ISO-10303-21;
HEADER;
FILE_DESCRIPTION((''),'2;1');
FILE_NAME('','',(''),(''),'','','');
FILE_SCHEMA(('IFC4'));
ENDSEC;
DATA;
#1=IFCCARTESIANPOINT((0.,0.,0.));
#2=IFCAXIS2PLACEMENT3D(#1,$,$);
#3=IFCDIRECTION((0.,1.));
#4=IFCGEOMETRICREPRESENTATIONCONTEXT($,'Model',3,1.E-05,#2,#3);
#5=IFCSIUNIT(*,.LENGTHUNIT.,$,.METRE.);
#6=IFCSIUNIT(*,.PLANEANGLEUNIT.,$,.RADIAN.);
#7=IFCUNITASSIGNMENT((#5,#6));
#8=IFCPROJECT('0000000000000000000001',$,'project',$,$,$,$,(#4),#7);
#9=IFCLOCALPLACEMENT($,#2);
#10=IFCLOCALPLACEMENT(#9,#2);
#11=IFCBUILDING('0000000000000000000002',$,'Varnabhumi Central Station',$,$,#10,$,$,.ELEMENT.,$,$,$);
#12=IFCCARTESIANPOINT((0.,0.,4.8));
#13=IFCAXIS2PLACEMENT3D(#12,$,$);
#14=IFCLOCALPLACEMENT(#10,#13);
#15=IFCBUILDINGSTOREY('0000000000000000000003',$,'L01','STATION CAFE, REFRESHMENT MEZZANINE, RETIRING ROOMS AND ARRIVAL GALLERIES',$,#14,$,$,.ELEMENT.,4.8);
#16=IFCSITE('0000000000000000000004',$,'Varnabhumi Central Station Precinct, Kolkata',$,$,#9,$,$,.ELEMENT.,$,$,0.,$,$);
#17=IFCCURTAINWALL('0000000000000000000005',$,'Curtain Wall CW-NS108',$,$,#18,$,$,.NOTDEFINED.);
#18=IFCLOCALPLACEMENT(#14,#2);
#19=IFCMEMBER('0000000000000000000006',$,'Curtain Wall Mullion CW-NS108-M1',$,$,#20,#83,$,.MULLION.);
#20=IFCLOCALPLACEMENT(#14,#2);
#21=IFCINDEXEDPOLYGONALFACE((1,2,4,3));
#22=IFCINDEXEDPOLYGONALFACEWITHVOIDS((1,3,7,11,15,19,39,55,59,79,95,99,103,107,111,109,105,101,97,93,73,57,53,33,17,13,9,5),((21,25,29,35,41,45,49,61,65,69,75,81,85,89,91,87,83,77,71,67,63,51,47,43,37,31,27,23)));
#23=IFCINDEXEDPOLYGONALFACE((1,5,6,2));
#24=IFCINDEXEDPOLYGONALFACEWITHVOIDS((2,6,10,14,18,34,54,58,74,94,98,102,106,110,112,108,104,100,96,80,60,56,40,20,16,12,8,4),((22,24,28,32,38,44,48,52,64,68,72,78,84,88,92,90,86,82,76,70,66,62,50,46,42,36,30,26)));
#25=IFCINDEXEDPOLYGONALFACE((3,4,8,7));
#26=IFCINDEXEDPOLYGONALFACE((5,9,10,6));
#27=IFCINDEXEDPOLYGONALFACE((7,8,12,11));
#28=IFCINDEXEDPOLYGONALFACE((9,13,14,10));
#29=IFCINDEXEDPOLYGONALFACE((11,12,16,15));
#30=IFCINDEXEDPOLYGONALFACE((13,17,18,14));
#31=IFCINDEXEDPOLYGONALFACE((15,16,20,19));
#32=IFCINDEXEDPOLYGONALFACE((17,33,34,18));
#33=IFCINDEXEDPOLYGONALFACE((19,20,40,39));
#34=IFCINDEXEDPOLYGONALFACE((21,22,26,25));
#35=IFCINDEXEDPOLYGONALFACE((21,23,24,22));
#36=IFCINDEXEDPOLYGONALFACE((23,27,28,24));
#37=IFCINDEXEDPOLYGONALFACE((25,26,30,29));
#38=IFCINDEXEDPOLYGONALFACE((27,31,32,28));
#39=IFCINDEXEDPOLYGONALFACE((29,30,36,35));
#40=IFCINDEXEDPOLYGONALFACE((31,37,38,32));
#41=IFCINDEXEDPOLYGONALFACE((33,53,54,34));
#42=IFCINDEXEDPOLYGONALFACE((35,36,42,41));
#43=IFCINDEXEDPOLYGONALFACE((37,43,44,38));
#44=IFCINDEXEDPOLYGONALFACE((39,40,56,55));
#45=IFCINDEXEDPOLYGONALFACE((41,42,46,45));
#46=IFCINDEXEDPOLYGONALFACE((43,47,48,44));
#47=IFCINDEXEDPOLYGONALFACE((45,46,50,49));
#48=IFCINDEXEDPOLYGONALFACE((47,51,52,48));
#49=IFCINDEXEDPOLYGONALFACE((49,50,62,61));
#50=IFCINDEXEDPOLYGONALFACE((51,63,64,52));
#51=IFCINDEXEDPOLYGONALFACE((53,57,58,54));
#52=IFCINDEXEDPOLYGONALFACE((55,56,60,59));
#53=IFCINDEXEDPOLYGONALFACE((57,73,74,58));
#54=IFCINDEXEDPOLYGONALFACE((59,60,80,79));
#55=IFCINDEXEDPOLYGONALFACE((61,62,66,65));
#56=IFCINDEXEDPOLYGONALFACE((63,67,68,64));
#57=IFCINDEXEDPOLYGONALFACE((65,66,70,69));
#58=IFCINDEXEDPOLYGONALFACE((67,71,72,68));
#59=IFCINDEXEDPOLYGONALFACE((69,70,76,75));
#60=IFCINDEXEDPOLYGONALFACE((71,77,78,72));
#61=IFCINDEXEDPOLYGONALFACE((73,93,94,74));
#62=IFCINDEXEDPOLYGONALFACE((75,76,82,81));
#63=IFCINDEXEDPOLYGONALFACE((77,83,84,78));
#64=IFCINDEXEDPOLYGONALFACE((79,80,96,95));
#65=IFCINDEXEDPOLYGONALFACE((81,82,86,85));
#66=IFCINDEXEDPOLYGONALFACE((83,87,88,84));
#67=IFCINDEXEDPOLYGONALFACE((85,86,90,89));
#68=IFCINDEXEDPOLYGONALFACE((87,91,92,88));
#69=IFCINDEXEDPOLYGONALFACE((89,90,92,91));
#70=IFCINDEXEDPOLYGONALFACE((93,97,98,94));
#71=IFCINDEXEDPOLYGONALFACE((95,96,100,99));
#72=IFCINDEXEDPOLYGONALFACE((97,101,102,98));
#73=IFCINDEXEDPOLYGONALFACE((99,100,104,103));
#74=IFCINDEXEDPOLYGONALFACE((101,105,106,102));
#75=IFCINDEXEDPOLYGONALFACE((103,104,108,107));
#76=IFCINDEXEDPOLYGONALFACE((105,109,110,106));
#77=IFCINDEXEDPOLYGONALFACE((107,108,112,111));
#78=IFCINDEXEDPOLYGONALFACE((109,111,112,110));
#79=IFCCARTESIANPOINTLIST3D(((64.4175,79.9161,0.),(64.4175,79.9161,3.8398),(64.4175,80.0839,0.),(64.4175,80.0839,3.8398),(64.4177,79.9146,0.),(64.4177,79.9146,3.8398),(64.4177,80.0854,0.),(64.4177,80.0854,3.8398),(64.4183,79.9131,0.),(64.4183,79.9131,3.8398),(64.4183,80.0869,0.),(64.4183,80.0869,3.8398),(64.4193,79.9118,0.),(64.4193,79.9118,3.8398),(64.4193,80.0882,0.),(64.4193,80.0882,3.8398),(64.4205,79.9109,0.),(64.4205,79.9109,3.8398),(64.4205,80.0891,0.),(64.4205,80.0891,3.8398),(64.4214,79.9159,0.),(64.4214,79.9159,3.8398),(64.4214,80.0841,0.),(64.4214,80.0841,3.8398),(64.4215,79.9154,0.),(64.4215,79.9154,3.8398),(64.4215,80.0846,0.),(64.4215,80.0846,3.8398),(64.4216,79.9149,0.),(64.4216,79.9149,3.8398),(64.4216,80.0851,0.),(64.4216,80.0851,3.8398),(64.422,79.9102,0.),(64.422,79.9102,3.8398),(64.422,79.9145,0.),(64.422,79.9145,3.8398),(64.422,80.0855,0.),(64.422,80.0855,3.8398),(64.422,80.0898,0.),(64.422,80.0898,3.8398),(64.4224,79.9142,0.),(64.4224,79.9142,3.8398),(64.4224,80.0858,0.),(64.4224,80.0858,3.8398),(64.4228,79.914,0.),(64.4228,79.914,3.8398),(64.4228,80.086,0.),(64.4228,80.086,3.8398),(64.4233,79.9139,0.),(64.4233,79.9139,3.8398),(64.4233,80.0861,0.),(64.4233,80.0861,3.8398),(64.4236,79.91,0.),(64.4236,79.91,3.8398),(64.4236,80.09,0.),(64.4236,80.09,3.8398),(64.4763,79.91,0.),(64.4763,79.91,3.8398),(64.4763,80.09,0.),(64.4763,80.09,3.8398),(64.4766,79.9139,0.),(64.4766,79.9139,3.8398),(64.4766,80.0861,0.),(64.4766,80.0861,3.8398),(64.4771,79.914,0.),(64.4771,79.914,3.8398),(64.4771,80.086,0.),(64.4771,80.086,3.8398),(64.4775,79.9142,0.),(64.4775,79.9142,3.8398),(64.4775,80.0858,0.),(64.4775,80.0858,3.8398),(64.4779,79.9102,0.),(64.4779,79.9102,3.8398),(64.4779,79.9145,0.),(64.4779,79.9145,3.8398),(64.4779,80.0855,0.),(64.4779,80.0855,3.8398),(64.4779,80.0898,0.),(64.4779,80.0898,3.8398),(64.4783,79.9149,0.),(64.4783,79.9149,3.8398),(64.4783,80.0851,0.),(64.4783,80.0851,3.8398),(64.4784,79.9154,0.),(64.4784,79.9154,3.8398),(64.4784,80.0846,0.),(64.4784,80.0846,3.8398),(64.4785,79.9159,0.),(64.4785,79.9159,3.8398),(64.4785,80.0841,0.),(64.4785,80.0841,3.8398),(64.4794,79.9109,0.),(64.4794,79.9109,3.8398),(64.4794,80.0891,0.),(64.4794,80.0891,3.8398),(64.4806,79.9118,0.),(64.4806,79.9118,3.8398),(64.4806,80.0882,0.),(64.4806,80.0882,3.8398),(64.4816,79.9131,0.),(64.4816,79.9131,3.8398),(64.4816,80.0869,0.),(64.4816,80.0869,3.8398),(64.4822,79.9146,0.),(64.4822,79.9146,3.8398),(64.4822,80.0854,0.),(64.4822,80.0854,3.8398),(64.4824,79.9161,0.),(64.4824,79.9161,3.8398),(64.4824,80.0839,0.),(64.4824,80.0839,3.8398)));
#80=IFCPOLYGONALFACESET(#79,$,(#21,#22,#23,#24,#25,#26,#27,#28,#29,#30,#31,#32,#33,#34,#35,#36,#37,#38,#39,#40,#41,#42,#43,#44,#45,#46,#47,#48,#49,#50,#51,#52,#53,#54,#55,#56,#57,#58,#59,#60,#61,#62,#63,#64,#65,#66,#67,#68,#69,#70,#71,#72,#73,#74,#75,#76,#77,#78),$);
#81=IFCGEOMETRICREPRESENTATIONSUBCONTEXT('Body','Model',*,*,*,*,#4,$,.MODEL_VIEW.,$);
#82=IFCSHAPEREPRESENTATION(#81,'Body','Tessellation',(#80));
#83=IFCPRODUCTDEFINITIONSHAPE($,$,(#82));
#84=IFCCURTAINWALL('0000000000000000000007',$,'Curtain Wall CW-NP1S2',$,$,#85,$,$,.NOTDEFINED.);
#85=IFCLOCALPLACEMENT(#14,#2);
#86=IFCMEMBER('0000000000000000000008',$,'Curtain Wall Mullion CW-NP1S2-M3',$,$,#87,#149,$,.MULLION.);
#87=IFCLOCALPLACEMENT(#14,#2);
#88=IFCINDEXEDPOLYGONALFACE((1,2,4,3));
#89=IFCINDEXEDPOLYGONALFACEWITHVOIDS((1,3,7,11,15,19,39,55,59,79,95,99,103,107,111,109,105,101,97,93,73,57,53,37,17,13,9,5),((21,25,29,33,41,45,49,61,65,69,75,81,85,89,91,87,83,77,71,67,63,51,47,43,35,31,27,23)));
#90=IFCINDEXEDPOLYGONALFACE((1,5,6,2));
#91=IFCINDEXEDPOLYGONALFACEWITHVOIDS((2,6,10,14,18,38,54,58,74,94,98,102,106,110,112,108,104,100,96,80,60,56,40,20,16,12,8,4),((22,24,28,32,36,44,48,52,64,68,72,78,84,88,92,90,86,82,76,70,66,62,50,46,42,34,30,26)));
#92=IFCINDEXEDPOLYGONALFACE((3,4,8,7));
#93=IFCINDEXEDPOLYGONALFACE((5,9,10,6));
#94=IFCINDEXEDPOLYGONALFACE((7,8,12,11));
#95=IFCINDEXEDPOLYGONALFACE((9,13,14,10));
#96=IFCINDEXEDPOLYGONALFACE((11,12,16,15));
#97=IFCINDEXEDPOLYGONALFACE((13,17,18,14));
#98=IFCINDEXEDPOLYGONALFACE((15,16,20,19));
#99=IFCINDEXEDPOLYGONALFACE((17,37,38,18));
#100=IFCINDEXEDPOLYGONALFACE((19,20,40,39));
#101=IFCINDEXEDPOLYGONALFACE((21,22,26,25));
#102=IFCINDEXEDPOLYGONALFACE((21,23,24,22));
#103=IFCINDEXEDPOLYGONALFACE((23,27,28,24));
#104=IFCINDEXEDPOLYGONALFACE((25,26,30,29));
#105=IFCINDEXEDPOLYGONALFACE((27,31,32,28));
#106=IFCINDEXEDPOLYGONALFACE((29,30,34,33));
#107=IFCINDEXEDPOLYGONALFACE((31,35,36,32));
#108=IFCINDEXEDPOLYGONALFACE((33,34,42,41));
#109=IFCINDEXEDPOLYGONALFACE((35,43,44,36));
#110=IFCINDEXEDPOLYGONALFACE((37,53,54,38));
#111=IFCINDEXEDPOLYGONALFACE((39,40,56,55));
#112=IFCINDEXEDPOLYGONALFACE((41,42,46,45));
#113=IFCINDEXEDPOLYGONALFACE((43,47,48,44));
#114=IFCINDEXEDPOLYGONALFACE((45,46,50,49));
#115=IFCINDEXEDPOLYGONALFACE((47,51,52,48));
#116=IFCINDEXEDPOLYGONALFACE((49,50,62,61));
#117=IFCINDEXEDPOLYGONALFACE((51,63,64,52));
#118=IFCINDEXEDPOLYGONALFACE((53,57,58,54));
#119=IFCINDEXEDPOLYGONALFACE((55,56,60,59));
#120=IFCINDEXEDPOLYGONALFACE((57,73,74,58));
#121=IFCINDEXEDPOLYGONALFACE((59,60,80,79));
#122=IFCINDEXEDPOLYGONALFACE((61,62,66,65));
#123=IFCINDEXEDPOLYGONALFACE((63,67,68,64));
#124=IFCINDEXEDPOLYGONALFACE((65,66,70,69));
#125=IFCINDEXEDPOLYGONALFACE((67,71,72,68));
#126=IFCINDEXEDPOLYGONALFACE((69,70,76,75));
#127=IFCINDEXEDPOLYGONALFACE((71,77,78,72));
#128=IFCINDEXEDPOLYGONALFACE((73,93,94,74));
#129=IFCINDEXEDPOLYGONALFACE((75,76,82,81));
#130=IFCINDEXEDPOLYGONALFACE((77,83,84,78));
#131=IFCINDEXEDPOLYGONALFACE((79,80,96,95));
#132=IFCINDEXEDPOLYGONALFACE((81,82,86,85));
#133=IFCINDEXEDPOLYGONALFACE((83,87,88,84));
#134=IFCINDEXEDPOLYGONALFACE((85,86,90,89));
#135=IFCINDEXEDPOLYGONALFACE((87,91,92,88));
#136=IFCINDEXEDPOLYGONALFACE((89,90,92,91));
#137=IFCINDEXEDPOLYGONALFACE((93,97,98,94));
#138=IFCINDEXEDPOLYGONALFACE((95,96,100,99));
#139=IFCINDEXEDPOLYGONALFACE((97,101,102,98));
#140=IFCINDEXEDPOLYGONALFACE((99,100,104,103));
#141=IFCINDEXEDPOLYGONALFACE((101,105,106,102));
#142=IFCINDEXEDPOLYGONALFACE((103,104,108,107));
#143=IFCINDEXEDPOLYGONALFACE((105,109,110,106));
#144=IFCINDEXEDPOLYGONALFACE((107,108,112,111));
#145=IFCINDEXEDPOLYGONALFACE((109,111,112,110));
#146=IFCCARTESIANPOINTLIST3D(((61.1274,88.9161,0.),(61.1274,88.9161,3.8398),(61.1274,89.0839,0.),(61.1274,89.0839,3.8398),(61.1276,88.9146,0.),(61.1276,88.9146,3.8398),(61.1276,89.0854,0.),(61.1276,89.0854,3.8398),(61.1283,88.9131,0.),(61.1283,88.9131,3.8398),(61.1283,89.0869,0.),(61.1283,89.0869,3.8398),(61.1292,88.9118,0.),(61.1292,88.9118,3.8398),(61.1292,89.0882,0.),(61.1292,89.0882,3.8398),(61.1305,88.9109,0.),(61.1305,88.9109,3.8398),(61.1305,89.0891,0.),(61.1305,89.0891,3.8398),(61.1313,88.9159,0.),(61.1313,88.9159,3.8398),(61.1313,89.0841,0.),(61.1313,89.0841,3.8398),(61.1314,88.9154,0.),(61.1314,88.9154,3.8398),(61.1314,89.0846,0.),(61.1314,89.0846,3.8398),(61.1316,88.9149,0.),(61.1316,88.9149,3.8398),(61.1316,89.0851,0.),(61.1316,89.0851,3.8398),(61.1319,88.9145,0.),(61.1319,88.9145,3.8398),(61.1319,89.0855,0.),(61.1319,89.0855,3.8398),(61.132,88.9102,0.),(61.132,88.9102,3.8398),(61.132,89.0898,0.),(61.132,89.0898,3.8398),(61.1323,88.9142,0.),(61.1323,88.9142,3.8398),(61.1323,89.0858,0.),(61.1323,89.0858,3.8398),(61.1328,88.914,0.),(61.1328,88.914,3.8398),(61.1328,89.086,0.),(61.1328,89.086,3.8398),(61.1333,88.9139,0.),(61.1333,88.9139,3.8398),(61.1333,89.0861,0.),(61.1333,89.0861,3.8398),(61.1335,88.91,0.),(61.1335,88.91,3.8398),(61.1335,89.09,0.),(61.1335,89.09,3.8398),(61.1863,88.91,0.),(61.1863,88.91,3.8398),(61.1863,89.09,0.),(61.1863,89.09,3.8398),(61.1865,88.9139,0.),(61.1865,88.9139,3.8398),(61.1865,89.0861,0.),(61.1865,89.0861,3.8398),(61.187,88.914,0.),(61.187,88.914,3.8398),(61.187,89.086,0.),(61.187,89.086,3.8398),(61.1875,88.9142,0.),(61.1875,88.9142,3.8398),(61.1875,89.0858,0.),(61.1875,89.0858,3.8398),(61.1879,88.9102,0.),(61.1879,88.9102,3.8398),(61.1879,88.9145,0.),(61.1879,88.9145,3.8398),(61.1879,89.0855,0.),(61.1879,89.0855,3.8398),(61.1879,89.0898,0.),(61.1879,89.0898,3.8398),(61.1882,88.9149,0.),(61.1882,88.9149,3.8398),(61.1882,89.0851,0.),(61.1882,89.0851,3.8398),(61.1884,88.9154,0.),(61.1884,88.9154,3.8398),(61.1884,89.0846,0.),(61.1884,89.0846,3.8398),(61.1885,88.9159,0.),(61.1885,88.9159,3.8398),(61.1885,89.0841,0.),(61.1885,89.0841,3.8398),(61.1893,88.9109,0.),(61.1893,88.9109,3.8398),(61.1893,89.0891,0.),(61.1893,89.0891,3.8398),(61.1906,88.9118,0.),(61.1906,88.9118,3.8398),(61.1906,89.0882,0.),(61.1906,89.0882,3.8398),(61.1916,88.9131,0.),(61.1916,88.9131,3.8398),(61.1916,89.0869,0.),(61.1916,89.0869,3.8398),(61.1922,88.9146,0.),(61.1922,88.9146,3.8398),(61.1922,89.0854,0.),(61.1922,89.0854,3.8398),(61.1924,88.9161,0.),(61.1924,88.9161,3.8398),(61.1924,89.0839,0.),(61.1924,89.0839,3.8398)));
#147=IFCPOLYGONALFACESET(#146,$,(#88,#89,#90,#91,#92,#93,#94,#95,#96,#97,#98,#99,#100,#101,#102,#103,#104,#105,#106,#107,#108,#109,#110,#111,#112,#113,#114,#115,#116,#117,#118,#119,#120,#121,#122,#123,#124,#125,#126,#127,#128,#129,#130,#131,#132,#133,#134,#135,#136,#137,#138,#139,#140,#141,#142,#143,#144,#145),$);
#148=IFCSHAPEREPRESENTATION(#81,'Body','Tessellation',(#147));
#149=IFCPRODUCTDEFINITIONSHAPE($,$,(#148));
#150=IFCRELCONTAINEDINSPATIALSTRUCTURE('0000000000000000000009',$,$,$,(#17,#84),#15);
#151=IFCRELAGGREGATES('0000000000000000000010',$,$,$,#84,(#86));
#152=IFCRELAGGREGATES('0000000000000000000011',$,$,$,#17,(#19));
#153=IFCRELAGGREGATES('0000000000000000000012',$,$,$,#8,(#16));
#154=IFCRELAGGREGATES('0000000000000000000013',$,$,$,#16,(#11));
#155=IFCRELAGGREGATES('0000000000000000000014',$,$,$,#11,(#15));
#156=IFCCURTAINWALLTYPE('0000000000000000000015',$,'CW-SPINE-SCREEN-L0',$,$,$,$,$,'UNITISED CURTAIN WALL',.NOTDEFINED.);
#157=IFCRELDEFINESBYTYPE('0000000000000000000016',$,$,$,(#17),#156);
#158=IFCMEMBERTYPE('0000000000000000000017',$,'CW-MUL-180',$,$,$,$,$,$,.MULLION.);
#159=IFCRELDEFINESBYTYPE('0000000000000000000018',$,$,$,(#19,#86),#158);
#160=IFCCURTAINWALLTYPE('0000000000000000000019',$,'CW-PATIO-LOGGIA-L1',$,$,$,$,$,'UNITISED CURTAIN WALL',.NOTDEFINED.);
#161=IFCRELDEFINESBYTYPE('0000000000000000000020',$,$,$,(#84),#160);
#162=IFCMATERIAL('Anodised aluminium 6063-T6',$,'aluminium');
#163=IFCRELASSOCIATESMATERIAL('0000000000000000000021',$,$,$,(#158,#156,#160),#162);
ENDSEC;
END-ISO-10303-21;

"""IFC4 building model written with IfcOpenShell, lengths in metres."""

from ifc_helpers import new_model, si_unit, direction, frame, origin, origin_2d, place, context, subcontext, project, spatial, hollow_rectangle, extrude, material, material_profile, profile_set, type_object, element, aggregate, save


model = new_model("IFC4")

# Units and contexts
model_context = context("Model", 3, precision=1e-05, world=origin(), true_north=direction((0.0, 1.0)))
body_context = subcontext(model_context, "Body", "Model", "MODEL_VIEW")
ifc_project = project(units=[si_unit("LENGTHUNIT", "METRE"), si_unit("PLANEANGLEUNIT", "RADIAN")], contexts=[model_context])

# Site, building, storey
site_placement = place(None, origin())
site = spatial("IfcSite", under=ifc_project, at=site_placement, Name="Varnabhumi Central Station Precinct, Kolkata", CompositionType="ELEMENT", RefElevation=0.0)
building_placement = place(site_placement, origin())
building = spatial("IfcBuilding", under=site, at=building_placement, Name="Varnabhumi Central Station", CompositionType="ELEMENT")
storey_placement = place(building_placement, frame((0.0, 0.0, 4.8)))
storey = spatial("IfcBuildingStorey", under=building, at=storey_placement, Name="L01", Description="STATION CAFE, REFRESHMENT MEZZANINE, RETIRING ROOMS AND ARRIVAL GALLERIES", CompositionType="ELEMENT", Elevation=4.8)

# Shared definitions
ifc_material_1 = material(Name="Anodised aluminium 6063-T6", Category="aluminium")
ifc_material_profile_1 = material_profile(ifc_material_1, hollow_rectangle(XDim=0.0649, YDim=0.1799, WallThickness=0.0039, InnerFilletRadius=0.002, OuterFilletRadius=0.0061, at=origin_2d()), Name="Anodised aluminium 6063-T6", Category="aluminium")
ifc_profile_set_1 = profile_set([ifc_material_profile_1], Name="Anodised aluminium 6063-T6")
member_type_1 = type_object("IfcMemberType", Name="CW-MUL-180", PredefinedType="MULLION", material=ifc_profile_set_1)

# Curtain wall, member
curtain_wall_type_1 = type_object("IfcCurtainWallType", Name="CW-SPINE-SCREEN-L0", ElementType="UNITISED CURTAIN WALL", PredefinedType="NOTDEFINED", material=ifc_material_1)
curtain_wall_1_placement = place(storey_placement, origin())
curtain_wall_1 = element("IfcCurtainWall", 1, at=curtain_wall_1_placement, inside=storey, type_object=curtain_wall_type_1, Name="Curtain Wall CW-NS108", PredefinedType="NOTDEFINED")
member_1_placement = place(storey_placement, frame((64.45, 80.0, 0.0), z_axis=(0.0, 0.0, 1.0), x_axis=(1.0, 0.0, 0.0)))
member_1 = element("IfcMember", 2, at=member_1_placement, type_object=member_type_1, Name="Curtain Wall Mullion CW-NS108-M1", PredefinedType="MULLION", context=body_context, shape_type="SweptSolid", body=[
    extrude(hollow_rectangle(XDim=0.0649, YDim=0.1799, WallThickness=0.0039, InnerFilletRadius=0.002, OuterFilletRadius=0.0061, at=origin_2d()), origin(), (0.0, 0.0, 1.0), 3.8398),
])

# Curtain wall, member
curtain_wall_type_2 = type_object("IfcCurtainWallType", Name="CW-PATIO-LOGGIA-L1", ElementType="UNITISED CURTAIN WALL", PredefinedType="NOTDEFINED", material=ifc_material_1)
curtain_wall_2_placement = place(storey_placement, origin())
curtain_wall_2 = element("IfcCurtainWall", 3, at=curtain_wall_2_placement, inside=storey, type_object=curtain_wall_type_2, Name="Curtain Wall CW-NP1S2", PredefinedType="NOTDEFINED")
member_2_placement = place(storey_placement, frame((61.1599, 89.0, 0.0), z_axis=(0.0, 0.0, 1.0), x_axis=(1.0, 0.0, 0.0)))
member_2 = element("IfcMember", 4, at=member_2_placement, type_object=member_type_1, Name="Curtain Wall Mullion CW-NP1S2-M3", PredefinedType="MULLION", context=body_context, shape_type="SweptSolid", body=[
    extrude(hollow_rectangle(XDim=0.0649, YDim=0.1799, WallThickness=0.0039, InnerFilletRadius=0.002, OuterFilletRadius=0.0061, at=origin_2d()), origin(), (0.0, 0.0, 1.0), 3.8398),
])

aggregate(curtain_wall_2, [member_2])
aggregate(curtain_wall_1, [member_1])

save(model, "model.ifc")
